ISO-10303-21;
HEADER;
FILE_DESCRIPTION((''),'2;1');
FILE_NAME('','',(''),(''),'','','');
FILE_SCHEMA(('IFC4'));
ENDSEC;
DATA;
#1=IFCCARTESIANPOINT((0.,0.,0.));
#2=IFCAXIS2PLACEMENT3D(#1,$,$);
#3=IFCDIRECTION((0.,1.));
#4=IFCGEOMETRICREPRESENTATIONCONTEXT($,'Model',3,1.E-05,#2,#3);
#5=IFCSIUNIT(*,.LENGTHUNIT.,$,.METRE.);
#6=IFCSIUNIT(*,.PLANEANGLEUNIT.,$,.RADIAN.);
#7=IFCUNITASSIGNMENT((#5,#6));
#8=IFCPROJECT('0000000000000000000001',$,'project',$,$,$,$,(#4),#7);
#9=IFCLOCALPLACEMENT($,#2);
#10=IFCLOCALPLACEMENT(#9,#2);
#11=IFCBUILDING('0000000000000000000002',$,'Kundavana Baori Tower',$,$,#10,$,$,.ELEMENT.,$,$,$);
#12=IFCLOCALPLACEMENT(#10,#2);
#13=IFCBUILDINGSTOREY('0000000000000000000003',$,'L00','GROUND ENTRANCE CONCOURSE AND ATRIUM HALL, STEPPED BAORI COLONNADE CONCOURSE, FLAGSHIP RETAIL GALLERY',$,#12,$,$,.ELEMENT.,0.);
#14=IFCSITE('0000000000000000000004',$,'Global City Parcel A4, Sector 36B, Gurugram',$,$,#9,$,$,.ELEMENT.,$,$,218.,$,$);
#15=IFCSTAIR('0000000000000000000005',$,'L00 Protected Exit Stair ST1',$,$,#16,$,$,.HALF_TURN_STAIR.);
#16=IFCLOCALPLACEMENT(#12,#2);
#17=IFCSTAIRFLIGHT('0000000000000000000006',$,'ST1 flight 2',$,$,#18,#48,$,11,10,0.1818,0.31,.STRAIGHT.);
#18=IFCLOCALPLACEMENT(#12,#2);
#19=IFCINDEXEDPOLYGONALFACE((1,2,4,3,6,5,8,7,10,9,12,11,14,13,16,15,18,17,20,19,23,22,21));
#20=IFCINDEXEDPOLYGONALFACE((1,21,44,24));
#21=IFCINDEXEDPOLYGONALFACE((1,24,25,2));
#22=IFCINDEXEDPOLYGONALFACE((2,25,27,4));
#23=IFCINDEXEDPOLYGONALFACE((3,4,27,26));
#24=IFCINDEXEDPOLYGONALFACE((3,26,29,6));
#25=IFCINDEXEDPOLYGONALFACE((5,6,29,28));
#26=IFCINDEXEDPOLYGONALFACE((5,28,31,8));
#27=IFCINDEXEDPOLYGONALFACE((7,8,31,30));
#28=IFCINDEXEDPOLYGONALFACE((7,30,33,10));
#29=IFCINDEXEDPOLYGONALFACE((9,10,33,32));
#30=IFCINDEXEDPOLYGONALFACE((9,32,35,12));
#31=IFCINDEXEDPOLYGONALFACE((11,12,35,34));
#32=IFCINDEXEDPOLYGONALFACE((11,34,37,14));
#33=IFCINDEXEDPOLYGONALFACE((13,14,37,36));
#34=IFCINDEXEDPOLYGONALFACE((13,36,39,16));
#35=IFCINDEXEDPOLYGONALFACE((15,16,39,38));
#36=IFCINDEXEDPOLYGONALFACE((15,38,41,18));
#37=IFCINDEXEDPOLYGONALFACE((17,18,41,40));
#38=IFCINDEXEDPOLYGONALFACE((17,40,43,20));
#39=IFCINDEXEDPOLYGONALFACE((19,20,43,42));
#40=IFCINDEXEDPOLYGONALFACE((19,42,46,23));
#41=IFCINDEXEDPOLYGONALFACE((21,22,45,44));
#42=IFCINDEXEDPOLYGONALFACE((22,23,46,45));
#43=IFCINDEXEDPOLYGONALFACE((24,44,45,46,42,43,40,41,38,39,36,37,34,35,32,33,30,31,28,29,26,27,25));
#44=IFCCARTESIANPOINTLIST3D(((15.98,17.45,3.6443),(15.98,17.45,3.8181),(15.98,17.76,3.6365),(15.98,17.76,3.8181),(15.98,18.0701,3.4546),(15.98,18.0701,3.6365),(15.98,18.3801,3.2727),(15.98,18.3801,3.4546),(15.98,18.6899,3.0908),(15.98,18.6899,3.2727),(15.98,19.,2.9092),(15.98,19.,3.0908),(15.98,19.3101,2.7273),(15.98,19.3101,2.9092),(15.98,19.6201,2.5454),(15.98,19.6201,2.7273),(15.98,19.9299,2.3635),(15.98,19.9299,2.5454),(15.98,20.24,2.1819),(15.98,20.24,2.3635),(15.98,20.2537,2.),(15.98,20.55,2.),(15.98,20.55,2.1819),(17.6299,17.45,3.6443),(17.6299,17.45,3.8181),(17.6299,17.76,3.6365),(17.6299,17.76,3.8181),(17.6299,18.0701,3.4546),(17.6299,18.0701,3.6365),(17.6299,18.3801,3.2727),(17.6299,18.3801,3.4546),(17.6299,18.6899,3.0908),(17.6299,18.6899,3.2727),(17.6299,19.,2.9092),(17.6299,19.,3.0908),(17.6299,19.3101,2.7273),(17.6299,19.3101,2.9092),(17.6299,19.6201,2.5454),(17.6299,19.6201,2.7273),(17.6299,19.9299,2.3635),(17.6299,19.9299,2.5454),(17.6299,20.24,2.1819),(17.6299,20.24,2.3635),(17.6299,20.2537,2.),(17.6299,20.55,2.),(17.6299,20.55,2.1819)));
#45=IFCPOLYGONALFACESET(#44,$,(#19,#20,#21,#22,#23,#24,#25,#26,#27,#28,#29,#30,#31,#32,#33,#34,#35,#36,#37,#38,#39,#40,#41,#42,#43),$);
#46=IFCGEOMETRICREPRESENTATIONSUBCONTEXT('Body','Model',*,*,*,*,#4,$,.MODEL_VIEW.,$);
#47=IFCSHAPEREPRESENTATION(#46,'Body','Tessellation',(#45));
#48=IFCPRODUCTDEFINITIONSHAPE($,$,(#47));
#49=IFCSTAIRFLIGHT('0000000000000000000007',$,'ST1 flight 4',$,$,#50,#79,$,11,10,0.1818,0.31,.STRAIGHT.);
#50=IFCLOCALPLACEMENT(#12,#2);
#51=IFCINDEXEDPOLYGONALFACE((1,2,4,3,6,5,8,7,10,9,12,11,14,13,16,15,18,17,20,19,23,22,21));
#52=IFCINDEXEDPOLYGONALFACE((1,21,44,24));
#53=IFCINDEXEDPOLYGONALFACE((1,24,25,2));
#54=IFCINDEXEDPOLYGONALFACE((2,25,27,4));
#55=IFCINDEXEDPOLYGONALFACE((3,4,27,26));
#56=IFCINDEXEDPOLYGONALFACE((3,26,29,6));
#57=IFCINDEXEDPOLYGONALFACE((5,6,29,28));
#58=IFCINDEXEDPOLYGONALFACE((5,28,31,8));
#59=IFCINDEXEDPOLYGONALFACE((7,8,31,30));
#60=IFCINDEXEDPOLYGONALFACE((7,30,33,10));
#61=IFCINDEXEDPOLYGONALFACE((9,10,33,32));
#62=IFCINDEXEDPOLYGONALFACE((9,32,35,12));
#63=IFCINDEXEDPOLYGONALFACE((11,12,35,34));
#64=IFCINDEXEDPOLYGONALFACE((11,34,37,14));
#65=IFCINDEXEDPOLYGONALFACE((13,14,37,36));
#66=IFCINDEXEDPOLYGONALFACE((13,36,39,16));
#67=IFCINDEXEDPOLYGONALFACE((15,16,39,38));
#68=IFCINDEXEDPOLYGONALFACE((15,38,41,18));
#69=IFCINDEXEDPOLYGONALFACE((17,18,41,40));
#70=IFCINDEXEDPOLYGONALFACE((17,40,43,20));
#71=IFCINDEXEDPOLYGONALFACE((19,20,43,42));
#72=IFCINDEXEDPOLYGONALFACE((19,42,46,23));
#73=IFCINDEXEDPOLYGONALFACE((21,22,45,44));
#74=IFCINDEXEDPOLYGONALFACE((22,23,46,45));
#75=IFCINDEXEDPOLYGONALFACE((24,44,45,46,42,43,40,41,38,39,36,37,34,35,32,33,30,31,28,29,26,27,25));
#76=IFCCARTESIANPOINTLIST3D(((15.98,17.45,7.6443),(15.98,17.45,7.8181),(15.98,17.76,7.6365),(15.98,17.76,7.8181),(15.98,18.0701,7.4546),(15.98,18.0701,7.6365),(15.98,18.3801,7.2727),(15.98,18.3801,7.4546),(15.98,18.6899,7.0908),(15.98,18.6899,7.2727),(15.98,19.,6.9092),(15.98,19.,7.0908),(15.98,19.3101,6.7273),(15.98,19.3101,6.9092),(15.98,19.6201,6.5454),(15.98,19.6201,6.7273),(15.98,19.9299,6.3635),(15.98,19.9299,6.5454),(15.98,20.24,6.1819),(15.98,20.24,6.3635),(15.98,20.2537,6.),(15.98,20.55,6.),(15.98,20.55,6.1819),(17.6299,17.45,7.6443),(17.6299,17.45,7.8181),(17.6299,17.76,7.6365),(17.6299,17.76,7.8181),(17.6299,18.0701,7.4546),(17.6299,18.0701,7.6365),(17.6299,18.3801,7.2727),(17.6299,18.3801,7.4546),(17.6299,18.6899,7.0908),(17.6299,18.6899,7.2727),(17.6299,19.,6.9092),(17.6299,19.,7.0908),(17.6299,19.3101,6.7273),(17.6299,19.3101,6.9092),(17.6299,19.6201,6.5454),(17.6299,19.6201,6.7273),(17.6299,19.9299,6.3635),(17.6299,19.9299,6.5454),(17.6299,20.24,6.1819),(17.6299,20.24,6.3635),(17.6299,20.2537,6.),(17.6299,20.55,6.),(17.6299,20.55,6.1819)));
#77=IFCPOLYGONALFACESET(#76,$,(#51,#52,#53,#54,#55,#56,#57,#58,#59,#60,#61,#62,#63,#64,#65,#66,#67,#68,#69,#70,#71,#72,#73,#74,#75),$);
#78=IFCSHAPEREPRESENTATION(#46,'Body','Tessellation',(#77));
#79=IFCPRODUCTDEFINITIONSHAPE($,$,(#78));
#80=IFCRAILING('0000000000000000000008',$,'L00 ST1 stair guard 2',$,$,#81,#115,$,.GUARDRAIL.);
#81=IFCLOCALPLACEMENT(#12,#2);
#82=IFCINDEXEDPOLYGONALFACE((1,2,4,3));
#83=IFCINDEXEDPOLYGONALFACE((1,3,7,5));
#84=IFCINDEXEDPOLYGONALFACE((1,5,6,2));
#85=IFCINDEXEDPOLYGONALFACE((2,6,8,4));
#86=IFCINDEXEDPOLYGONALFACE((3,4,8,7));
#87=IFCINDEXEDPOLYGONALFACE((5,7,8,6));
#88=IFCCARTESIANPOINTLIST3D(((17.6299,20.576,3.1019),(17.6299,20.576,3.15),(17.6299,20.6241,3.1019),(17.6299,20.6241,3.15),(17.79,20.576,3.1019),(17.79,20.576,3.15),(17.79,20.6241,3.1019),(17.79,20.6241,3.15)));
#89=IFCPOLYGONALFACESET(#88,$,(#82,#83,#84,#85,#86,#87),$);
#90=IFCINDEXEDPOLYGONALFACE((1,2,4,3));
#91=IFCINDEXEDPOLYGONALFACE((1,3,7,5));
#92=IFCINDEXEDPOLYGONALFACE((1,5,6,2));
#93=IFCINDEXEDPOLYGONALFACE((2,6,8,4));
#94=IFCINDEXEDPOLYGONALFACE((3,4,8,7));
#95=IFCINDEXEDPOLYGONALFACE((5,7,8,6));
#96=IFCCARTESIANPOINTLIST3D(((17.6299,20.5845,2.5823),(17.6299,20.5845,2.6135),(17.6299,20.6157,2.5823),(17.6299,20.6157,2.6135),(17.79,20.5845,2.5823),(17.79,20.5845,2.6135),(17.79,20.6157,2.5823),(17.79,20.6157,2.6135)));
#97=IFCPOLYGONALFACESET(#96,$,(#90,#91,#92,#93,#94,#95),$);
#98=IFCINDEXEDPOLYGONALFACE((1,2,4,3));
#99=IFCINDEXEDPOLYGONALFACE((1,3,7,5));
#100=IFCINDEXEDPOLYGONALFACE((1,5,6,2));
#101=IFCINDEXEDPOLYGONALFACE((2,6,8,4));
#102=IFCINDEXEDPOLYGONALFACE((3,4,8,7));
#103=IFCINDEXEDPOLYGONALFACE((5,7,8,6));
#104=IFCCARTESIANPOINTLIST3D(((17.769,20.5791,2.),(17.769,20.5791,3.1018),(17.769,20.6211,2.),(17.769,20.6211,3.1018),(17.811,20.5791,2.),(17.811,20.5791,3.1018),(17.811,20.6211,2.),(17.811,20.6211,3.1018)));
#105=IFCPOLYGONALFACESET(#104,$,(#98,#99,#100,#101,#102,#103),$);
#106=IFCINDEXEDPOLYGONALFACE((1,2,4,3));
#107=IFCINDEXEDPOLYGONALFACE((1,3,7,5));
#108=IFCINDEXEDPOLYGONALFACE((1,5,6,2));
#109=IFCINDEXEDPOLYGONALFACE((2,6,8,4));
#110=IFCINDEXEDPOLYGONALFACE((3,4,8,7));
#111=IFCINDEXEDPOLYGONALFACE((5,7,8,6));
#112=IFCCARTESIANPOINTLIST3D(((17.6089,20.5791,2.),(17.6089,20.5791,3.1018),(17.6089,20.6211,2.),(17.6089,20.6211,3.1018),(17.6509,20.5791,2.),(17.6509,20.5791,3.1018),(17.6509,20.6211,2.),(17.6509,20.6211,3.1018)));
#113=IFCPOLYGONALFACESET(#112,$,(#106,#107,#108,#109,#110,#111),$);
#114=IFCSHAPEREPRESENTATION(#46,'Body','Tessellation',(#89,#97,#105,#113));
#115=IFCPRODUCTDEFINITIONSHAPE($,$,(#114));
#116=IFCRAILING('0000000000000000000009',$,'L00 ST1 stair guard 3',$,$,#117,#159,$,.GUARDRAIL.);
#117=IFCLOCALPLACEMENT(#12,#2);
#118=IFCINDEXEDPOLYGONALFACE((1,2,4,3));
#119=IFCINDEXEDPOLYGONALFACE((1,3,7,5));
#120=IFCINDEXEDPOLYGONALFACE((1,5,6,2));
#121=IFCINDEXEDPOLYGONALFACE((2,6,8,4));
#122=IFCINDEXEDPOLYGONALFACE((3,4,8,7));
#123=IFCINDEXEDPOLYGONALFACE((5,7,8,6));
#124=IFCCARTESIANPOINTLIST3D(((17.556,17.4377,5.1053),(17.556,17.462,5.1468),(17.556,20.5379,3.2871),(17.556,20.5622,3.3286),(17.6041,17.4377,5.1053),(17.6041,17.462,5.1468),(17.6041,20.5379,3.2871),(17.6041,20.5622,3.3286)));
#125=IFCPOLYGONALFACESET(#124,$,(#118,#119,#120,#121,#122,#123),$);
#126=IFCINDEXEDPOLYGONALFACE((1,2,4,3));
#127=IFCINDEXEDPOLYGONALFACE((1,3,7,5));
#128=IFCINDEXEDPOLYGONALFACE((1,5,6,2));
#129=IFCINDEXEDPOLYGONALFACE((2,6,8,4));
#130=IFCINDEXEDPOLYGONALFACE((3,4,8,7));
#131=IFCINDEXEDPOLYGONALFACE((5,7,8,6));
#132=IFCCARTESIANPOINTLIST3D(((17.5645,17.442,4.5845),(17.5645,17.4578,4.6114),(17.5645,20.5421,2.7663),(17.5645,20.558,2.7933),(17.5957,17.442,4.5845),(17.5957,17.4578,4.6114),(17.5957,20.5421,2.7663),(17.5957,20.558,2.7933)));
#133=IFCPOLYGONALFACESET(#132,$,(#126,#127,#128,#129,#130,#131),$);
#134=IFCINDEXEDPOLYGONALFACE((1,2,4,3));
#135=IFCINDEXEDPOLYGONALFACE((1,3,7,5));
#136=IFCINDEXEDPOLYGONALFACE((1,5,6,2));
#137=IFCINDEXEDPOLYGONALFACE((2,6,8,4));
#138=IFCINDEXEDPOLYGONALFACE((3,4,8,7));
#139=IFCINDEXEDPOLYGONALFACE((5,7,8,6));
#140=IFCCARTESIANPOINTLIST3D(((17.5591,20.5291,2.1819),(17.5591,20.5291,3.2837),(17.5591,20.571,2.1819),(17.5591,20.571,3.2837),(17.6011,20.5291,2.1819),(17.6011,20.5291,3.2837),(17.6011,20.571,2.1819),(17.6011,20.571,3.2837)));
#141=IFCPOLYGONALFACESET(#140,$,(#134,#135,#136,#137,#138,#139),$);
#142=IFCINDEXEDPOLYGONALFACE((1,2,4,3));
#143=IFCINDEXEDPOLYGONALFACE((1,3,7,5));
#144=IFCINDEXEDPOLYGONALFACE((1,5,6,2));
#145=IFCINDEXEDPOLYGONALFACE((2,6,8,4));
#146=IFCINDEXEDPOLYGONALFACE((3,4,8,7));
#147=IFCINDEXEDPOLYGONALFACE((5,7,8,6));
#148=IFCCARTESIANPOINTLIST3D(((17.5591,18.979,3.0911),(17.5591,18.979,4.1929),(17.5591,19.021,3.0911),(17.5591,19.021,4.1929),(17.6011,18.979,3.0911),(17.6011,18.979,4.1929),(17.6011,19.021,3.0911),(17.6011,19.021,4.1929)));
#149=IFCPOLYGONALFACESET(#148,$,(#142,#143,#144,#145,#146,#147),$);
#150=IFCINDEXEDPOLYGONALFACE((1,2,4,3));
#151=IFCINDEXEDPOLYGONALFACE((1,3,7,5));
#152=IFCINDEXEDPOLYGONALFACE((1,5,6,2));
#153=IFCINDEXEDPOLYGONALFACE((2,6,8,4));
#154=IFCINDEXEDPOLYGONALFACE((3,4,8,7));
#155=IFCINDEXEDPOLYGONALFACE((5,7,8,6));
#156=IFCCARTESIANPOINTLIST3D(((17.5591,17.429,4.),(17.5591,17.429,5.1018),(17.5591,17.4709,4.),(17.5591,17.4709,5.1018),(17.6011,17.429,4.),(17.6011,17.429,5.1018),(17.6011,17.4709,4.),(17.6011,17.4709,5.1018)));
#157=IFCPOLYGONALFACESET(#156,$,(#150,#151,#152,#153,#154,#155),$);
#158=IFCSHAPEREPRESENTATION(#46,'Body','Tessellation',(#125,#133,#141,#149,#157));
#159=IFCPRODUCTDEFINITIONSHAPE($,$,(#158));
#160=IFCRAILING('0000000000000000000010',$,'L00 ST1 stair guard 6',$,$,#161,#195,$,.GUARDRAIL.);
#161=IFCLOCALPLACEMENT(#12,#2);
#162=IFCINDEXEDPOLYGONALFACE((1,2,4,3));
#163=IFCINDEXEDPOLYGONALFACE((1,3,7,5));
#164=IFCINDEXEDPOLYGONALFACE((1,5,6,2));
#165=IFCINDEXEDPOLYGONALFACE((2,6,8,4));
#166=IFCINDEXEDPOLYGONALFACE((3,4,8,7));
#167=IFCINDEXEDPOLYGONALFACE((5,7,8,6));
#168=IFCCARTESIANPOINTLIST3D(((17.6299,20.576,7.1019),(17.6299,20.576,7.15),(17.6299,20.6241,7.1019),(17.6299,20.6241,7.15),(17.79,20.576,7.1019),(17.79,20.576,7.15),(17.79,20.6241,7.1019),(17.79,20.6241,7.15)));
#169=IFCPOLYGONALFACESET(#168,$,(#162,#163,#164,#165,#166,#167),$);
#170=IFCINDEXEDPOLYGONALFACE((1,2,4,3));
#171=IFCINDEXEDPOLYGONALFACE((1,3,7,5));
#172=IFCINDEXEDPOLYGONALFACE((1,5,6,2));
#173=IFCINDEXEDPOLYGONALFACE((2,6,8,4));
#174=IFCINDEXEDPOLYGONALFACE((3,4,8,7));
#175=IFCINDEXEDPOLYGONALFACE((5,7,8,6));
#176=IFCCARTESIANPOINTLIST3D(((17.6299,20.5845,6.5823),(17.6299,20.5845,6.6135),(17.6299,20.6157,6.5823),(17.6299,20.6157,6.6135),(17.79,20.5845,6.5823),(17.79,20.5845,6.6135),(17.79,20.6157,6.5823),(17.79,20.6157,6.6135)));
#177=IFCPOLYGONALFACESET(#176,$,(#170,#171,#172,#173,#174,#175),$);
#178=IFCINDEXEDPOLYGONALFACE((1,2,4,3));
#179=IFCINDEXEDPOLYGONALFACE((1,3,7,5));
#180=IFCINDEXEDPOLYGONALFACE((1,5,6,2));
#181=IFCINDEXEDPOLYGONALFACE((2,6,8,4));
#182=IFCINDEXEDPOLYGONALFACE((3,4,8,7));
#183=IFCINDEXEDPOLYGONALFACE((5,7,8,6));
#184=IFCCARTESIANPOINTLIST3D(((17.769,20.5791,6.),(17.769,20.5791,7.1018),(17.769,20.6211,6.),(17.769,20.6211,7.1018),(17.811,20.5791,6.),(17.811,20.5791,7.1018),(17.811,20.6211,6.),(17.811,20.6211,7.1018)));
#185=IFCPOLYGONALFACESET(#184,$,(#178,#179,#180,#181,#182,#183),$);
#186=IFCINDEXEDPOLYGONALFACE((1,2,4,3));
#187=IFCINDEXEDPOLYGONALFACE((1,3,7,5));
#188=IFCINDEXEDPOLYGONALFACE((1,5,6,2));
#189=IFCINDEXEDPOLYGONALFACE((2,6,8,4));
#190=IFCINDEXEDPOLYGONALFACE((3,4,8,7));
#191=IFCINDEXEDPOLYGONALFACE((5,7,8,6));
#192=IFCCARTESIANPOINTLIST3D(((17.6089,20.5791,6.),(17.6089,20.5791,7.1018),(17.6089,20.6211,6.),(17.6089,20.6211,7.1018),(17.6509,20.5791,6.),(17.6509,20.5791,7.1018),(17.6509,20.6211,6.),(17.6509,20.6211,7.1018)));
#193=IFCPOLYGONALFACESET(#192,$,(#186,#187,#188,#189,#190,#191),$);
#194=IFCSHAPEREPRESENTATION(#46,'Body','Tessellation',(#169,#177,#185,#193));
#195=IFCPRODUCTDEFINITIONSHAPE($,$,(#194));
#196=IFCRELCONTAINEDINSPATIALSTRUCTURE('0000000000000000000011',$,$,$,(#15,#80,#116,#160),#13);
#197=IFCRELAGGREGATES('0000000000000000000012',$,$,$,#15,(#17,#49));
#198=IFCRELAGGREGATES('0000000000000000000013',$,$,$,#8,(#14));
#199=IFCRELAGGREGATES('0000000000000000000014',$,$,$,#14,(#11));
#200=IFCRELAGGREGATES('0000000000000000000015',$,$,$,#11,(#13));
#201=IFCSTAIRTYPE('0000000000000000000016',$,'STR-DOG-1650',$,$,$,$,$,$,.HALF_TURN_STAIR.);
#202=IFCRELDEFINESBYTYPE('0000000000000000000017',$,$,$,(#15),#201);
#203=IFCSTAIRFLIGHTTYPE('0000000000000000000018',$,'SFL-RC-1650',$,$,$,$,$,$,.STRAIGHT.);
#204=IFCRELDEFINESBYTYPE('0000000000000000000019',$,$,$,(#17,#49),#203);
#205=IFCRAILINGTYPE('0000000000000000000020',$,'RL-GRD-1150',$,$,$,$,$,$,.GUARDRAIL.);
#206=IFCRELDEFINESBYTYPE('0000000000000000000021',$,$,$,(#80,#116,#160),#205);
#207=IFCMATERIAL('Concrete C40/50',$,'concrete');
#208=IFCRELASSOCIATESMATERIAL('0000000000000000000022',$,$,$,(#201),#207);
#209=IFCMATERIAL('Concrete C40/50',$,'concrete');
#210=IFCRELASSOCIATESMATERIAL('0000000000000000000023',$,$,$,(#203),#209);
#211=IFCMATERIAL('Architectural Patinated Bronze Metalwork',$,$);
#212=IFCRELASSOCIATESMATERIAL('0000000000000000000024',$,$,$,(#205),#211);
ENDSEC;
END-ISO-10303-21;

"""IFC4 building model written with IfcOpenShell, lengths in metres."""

from ifc_helpers import new_model, si_unit, direction, frame, origin, origin_2d, place, context, subcontext, project, spatial, polyline, rectangle, outline, extrude, material, type_object, element, aggregate, save


model = new_model("IFC4")

# Units and contexts
model_context = context("Model", 3, precision=1e-05, world=origin(), true_north=direction((0.0, 1.0)))
body_context = subcontext(model_context, "Body", "Model", "MODEL_VIEW")
ifc_project = project(units=[si_unit("LENGTHUNIT", "METRE"), si_unit("PLANEANGLEUNIT", "RADIAN")], contexts=[model_context])

# Site, building, storey
site_placement = place(None, origin())
site = spatial("IfcSite", under=ifc_project, at=site_placement, Name="Global City Parcel A4, Sector 36B, Gurugram", CompositionType="ELEMENT", RefElevation=218.0)
building_placement = place(site_placement, origin())
building = spatial("IfcBuilding", under=site, at=building_placement, Name="Kundavana Baori Tower", CompositionType="ELEMENT")
storey_placement = place(building_placement, origin())
storey = spatial("IfcBuildingStorey", under=building, at=storey_placement, Name="L00", Description="GROUND ENTRANCE CONCOURSE AND ATRIUM HALL, STEPPED BAORI COLONNADE CONCOURSE, FLAGSHIP RETAIL GALLERY", CompositionType="ELEMENT", Elevation=0.0)

# Stair, stair flights
ifc_material_1 = material(Name="Concrete C40/50", Category="concrete")
stair_type = type_object("IfcStairType", Name="STR-DOG-1650", PredefinedType="HALF_TURN_STAIR", material=ifc_material_1)
stair_placement = place(storey_placement, origin())
stair = element("IfcStair", 1, at=stair_placement, inside=storey, type_object=stair_type, Name="L00 Protected Exit Stair ST1", PredefinedType="HALF_TURN_STAIR")
ifc_material_2 = material(Name="Concrete C40/50", Category="concrete")
stair_flight_type = type_object("IfcStairFlightType", Name="SFL-RC-1650", PredefinedType="STRAIGHT", material=ifc_material_2)
stair_flight_1_placement = place(storey_placement, frame((16.8049, 20.55, 2.0), z_axis=(0.0, 0.0, 1.0), x_axis=(0.0, -1.0, 0.0)))
stair_flight_1 = element("IfcStairFlight", 2, at=stair_flight_1_placement, type_object=stair_flight_type, Name="ST1 flight 2", NumberOfRisers=11, NumberOfTreads=10, PredefinedType="STRAIGHT", RiserHeight=0.1818, TreadLength=0.31, context=body_context, shape_type="SweptSolid", body=[
    extrude(outline(polyline([(0.0, 0.0), (0.0, 0.1819), (0.3101, 0.1819), (0.3101, 0.3635), (0.6201, 0.3635), (0.6201, 0.5454), (0.9299, 0.5454), (0.9299, 0.7273), (1.24, 0.7273), (1.24, 0.9092), (1.55, 0.9092), (1.55, 1.0908), (1.8601, 1.0908), (1.8601, 1.2727), (2.1699, 1.2727), (2.1699, 1.4546), (2.48, 1.4546), (2.48, 1.6365), (2.79, 1.6365), (2.79, 1.8181), (3.1001, 1.8181), (3.1001, 2.0), (3.1001, 1.6443), (0.2964, 0.0), (0.0, 0.0)])), frame((0.0, 0.825, 0.0), z_axis=(0.0, -1.0, 0.0), x_axis=(1.0, 0.0, 0.0)), (0.0, 0.0, 1.0), 1.6499),
])
stair_flight_2_placement = place(storey_placement, frame((16.8049, 20.55, 6.0), z_axis=(0.0, 0.0, 1.0), x_axis=(0.0, -1.0, 0.0)))
stair_flight_2 = element("IfcStairFlight", 3, at=stair_flight_2_placement, type_object=stair_flight_type, Name="ST1 flight 4", NumberOfRisers=11, NumberOfTreads=10, PredefinedType="STRAIGHT", RiserHeight=0.1818, TreadLength=0.31, context=body_context, shape_type="SweptSolid", body=[
    extrude(outline(polyline([(0.0, 0.0), (0.0, 0.1819), (0.3101, 0.1819), (0.3101, 0.3635), (0.6201, 0.3635), (0.6201, 0.5454), (0.9299, 0.5454), (0.9299, 0.7273), (1.24, 0.7273), (1.24, 0.9092), (1.55, 0.9092), (1.55, 1.0908), (1.8601, 1.0908), (1.8601, 1.2727), (2.1699, 1.2727), (2.1699, 1.4546), (2.48, 1.4546), (2.48, 1.6365), (2.79, 1.6365), (2.79, 1.8181), (3.1001, 1.8181), (3.1001, 2.0), (3.1001, 1.6443), (0.2964, 0.0), (0.0, 0.0)])), frame((0.0, 0.825, 0.0), z_axis=(0.0, -1.0, 0.0), x_axis=(1.0, 0.0, 0.0)), (0.0, 0.0, 1.0), 1.6499),
])
aggregate(stair, [stair_flight_1, stair_flight_2])

# Railings
ifc_material_3 = material(Name="Architectural Patinated Bronze Metalwork")
railing_type_1 = type_object("IfcRailingType", Name="RL-GRD-1150", PredefinedType="GUARDRAIL", material=ifc_material_3)
railing_1_placement = place(storey_placement, frame((17.79, 20.6001, 2.0)))
element("IfcRailing", 4, at=railing_1_placement, inside=storey, type_object=railing_type_1, Name="L00 ST1 stair guard 2", PredefinedType="GUARDRAIL", context=body_context, shape_type="SweptSolid", body=[
    extrude(rectangle(XDim=0.0481, YDim=0.0481, at=origin_2d()), frame((0.0, 0.0, 1.126), z_axis=(-1.0, 0.0, 0.0), x_axis=(0.0, -1.0, 0.0)), (0.0, 0.0, 1.0), 0.1602),
    extrude(rectangle(XDim=0.0312, YDim=0.0312, at=origin_2d()), frame((0.0, 0.0, 0.5979), z_axis=(-1.0, 0.0, 0.0), x_axis=(0.0, -1.0, 0.0)), (0.0, 0.0, 1.0), 0.1602),
    extrude(rectangle(XDim=0.042, YDim=0.042, at=origin_2d()), origin(), (0.0, 0.0, 1.0), 1.1018),
    extrude(rectangle(XDim=0.042, YDim=0.042, at=origin_2d()), frame((-0.1602, 0.0, 0.0)), (0.0, 0.0, 1.0), 1.1018),
])
railing_2_placement = place(storey_placement, frame((17.5801, 20.55, 2.1819)))
element("IfcRailing", 5, at=railing_2_placement, inside=storey, type_object=railing_type_1, Name="L00 ST1 stair guard 3", PredefinedType="GUARDRAIL", context=body_context, shape_type="SweptSolid", body=[
    extrude(rectangle(XDim=0.0481, YDim=0.0481, at=origin_2d()), frame((0.0, 0.0, 1.126), z_axis=(0.0, -0.862599, 0.505889), x_axis=(1.0, 0.0, 0.0)), (0.0, 0.0, 1.0), 3.594),
    extrude(rectangle(XDim=0.0312, YDim=0.0312, at=origin_2d()), frame((0.0, 0.0, 0.5979), z_axis=(0.0, -0.862599, 0.505889), x_axis=(1.0, 0.0, 0.0)), (0.0, 0.0, 1.0), 3.594),
    extrude(rectangle(XDim=0.042, YDim=0.042, at=origin_2d()), origin(), (0.0, 0.0, 1.0), 1.1018),
    extrude(rectangle(XDim=0.042, YDim=0.042, at=origin_2d()), frame((0.0, -1.55, 0.9092)), (0.0, 0.0, 1.0), 1.1018),
    extrude(rectangle(XDim=0.042, YDim=0.042, at=origin_2d()), frame((0.0, -3.1001, 1.8181)), (0.0, 0.0, 1.0), 1.1018),
])
railing_3_placement = place(storey_placement, frame((17.79, 20.6001, 6.0)))
element("IfcRailing", 6, at=railing_3_placement, inside=storey, type_object=railing_type_1, Name="L00 ST1 stair guard 6", PredefinedType="GUARDRAIL", context=body_context, shape_type="SweptSolid", body=[
    extrude(rectangle(XDim=0.0481, YDim=0.0481, at=origin_2d()), frame((0.0, 0.0, 1.126), z_axis=(-1.0, 0.0, 0.0), x_axis=(0.0, -1.0, 0.0)), (0.0, 0.0, 1.0), 0.1602),
    extrude(rectangle(XDim=0.0312, YDim=0.0312, at=origin_2d()), frame((0.0, 0.0, 0.5979), z_axis=(-1.0, 0.0, 0.0), x_axis=(0.0, -1.0, 0.0)), (0.0, 0.0, 1.0), 0.1602),
    extrude(rectangle(XDim=0.042, YDim=0.042, at=origin_2d()), origin(), (0.0, 0.0, 1.0), 1.1018),
    extrude(rectangle(XDim=0.042, YDim=0.042, at=origin_2d()), frame((-0.1602, 0.0, 0.0)), (0.0, 0.0, 1.0), 1.1018),
])

save(model, "model.ifc")
